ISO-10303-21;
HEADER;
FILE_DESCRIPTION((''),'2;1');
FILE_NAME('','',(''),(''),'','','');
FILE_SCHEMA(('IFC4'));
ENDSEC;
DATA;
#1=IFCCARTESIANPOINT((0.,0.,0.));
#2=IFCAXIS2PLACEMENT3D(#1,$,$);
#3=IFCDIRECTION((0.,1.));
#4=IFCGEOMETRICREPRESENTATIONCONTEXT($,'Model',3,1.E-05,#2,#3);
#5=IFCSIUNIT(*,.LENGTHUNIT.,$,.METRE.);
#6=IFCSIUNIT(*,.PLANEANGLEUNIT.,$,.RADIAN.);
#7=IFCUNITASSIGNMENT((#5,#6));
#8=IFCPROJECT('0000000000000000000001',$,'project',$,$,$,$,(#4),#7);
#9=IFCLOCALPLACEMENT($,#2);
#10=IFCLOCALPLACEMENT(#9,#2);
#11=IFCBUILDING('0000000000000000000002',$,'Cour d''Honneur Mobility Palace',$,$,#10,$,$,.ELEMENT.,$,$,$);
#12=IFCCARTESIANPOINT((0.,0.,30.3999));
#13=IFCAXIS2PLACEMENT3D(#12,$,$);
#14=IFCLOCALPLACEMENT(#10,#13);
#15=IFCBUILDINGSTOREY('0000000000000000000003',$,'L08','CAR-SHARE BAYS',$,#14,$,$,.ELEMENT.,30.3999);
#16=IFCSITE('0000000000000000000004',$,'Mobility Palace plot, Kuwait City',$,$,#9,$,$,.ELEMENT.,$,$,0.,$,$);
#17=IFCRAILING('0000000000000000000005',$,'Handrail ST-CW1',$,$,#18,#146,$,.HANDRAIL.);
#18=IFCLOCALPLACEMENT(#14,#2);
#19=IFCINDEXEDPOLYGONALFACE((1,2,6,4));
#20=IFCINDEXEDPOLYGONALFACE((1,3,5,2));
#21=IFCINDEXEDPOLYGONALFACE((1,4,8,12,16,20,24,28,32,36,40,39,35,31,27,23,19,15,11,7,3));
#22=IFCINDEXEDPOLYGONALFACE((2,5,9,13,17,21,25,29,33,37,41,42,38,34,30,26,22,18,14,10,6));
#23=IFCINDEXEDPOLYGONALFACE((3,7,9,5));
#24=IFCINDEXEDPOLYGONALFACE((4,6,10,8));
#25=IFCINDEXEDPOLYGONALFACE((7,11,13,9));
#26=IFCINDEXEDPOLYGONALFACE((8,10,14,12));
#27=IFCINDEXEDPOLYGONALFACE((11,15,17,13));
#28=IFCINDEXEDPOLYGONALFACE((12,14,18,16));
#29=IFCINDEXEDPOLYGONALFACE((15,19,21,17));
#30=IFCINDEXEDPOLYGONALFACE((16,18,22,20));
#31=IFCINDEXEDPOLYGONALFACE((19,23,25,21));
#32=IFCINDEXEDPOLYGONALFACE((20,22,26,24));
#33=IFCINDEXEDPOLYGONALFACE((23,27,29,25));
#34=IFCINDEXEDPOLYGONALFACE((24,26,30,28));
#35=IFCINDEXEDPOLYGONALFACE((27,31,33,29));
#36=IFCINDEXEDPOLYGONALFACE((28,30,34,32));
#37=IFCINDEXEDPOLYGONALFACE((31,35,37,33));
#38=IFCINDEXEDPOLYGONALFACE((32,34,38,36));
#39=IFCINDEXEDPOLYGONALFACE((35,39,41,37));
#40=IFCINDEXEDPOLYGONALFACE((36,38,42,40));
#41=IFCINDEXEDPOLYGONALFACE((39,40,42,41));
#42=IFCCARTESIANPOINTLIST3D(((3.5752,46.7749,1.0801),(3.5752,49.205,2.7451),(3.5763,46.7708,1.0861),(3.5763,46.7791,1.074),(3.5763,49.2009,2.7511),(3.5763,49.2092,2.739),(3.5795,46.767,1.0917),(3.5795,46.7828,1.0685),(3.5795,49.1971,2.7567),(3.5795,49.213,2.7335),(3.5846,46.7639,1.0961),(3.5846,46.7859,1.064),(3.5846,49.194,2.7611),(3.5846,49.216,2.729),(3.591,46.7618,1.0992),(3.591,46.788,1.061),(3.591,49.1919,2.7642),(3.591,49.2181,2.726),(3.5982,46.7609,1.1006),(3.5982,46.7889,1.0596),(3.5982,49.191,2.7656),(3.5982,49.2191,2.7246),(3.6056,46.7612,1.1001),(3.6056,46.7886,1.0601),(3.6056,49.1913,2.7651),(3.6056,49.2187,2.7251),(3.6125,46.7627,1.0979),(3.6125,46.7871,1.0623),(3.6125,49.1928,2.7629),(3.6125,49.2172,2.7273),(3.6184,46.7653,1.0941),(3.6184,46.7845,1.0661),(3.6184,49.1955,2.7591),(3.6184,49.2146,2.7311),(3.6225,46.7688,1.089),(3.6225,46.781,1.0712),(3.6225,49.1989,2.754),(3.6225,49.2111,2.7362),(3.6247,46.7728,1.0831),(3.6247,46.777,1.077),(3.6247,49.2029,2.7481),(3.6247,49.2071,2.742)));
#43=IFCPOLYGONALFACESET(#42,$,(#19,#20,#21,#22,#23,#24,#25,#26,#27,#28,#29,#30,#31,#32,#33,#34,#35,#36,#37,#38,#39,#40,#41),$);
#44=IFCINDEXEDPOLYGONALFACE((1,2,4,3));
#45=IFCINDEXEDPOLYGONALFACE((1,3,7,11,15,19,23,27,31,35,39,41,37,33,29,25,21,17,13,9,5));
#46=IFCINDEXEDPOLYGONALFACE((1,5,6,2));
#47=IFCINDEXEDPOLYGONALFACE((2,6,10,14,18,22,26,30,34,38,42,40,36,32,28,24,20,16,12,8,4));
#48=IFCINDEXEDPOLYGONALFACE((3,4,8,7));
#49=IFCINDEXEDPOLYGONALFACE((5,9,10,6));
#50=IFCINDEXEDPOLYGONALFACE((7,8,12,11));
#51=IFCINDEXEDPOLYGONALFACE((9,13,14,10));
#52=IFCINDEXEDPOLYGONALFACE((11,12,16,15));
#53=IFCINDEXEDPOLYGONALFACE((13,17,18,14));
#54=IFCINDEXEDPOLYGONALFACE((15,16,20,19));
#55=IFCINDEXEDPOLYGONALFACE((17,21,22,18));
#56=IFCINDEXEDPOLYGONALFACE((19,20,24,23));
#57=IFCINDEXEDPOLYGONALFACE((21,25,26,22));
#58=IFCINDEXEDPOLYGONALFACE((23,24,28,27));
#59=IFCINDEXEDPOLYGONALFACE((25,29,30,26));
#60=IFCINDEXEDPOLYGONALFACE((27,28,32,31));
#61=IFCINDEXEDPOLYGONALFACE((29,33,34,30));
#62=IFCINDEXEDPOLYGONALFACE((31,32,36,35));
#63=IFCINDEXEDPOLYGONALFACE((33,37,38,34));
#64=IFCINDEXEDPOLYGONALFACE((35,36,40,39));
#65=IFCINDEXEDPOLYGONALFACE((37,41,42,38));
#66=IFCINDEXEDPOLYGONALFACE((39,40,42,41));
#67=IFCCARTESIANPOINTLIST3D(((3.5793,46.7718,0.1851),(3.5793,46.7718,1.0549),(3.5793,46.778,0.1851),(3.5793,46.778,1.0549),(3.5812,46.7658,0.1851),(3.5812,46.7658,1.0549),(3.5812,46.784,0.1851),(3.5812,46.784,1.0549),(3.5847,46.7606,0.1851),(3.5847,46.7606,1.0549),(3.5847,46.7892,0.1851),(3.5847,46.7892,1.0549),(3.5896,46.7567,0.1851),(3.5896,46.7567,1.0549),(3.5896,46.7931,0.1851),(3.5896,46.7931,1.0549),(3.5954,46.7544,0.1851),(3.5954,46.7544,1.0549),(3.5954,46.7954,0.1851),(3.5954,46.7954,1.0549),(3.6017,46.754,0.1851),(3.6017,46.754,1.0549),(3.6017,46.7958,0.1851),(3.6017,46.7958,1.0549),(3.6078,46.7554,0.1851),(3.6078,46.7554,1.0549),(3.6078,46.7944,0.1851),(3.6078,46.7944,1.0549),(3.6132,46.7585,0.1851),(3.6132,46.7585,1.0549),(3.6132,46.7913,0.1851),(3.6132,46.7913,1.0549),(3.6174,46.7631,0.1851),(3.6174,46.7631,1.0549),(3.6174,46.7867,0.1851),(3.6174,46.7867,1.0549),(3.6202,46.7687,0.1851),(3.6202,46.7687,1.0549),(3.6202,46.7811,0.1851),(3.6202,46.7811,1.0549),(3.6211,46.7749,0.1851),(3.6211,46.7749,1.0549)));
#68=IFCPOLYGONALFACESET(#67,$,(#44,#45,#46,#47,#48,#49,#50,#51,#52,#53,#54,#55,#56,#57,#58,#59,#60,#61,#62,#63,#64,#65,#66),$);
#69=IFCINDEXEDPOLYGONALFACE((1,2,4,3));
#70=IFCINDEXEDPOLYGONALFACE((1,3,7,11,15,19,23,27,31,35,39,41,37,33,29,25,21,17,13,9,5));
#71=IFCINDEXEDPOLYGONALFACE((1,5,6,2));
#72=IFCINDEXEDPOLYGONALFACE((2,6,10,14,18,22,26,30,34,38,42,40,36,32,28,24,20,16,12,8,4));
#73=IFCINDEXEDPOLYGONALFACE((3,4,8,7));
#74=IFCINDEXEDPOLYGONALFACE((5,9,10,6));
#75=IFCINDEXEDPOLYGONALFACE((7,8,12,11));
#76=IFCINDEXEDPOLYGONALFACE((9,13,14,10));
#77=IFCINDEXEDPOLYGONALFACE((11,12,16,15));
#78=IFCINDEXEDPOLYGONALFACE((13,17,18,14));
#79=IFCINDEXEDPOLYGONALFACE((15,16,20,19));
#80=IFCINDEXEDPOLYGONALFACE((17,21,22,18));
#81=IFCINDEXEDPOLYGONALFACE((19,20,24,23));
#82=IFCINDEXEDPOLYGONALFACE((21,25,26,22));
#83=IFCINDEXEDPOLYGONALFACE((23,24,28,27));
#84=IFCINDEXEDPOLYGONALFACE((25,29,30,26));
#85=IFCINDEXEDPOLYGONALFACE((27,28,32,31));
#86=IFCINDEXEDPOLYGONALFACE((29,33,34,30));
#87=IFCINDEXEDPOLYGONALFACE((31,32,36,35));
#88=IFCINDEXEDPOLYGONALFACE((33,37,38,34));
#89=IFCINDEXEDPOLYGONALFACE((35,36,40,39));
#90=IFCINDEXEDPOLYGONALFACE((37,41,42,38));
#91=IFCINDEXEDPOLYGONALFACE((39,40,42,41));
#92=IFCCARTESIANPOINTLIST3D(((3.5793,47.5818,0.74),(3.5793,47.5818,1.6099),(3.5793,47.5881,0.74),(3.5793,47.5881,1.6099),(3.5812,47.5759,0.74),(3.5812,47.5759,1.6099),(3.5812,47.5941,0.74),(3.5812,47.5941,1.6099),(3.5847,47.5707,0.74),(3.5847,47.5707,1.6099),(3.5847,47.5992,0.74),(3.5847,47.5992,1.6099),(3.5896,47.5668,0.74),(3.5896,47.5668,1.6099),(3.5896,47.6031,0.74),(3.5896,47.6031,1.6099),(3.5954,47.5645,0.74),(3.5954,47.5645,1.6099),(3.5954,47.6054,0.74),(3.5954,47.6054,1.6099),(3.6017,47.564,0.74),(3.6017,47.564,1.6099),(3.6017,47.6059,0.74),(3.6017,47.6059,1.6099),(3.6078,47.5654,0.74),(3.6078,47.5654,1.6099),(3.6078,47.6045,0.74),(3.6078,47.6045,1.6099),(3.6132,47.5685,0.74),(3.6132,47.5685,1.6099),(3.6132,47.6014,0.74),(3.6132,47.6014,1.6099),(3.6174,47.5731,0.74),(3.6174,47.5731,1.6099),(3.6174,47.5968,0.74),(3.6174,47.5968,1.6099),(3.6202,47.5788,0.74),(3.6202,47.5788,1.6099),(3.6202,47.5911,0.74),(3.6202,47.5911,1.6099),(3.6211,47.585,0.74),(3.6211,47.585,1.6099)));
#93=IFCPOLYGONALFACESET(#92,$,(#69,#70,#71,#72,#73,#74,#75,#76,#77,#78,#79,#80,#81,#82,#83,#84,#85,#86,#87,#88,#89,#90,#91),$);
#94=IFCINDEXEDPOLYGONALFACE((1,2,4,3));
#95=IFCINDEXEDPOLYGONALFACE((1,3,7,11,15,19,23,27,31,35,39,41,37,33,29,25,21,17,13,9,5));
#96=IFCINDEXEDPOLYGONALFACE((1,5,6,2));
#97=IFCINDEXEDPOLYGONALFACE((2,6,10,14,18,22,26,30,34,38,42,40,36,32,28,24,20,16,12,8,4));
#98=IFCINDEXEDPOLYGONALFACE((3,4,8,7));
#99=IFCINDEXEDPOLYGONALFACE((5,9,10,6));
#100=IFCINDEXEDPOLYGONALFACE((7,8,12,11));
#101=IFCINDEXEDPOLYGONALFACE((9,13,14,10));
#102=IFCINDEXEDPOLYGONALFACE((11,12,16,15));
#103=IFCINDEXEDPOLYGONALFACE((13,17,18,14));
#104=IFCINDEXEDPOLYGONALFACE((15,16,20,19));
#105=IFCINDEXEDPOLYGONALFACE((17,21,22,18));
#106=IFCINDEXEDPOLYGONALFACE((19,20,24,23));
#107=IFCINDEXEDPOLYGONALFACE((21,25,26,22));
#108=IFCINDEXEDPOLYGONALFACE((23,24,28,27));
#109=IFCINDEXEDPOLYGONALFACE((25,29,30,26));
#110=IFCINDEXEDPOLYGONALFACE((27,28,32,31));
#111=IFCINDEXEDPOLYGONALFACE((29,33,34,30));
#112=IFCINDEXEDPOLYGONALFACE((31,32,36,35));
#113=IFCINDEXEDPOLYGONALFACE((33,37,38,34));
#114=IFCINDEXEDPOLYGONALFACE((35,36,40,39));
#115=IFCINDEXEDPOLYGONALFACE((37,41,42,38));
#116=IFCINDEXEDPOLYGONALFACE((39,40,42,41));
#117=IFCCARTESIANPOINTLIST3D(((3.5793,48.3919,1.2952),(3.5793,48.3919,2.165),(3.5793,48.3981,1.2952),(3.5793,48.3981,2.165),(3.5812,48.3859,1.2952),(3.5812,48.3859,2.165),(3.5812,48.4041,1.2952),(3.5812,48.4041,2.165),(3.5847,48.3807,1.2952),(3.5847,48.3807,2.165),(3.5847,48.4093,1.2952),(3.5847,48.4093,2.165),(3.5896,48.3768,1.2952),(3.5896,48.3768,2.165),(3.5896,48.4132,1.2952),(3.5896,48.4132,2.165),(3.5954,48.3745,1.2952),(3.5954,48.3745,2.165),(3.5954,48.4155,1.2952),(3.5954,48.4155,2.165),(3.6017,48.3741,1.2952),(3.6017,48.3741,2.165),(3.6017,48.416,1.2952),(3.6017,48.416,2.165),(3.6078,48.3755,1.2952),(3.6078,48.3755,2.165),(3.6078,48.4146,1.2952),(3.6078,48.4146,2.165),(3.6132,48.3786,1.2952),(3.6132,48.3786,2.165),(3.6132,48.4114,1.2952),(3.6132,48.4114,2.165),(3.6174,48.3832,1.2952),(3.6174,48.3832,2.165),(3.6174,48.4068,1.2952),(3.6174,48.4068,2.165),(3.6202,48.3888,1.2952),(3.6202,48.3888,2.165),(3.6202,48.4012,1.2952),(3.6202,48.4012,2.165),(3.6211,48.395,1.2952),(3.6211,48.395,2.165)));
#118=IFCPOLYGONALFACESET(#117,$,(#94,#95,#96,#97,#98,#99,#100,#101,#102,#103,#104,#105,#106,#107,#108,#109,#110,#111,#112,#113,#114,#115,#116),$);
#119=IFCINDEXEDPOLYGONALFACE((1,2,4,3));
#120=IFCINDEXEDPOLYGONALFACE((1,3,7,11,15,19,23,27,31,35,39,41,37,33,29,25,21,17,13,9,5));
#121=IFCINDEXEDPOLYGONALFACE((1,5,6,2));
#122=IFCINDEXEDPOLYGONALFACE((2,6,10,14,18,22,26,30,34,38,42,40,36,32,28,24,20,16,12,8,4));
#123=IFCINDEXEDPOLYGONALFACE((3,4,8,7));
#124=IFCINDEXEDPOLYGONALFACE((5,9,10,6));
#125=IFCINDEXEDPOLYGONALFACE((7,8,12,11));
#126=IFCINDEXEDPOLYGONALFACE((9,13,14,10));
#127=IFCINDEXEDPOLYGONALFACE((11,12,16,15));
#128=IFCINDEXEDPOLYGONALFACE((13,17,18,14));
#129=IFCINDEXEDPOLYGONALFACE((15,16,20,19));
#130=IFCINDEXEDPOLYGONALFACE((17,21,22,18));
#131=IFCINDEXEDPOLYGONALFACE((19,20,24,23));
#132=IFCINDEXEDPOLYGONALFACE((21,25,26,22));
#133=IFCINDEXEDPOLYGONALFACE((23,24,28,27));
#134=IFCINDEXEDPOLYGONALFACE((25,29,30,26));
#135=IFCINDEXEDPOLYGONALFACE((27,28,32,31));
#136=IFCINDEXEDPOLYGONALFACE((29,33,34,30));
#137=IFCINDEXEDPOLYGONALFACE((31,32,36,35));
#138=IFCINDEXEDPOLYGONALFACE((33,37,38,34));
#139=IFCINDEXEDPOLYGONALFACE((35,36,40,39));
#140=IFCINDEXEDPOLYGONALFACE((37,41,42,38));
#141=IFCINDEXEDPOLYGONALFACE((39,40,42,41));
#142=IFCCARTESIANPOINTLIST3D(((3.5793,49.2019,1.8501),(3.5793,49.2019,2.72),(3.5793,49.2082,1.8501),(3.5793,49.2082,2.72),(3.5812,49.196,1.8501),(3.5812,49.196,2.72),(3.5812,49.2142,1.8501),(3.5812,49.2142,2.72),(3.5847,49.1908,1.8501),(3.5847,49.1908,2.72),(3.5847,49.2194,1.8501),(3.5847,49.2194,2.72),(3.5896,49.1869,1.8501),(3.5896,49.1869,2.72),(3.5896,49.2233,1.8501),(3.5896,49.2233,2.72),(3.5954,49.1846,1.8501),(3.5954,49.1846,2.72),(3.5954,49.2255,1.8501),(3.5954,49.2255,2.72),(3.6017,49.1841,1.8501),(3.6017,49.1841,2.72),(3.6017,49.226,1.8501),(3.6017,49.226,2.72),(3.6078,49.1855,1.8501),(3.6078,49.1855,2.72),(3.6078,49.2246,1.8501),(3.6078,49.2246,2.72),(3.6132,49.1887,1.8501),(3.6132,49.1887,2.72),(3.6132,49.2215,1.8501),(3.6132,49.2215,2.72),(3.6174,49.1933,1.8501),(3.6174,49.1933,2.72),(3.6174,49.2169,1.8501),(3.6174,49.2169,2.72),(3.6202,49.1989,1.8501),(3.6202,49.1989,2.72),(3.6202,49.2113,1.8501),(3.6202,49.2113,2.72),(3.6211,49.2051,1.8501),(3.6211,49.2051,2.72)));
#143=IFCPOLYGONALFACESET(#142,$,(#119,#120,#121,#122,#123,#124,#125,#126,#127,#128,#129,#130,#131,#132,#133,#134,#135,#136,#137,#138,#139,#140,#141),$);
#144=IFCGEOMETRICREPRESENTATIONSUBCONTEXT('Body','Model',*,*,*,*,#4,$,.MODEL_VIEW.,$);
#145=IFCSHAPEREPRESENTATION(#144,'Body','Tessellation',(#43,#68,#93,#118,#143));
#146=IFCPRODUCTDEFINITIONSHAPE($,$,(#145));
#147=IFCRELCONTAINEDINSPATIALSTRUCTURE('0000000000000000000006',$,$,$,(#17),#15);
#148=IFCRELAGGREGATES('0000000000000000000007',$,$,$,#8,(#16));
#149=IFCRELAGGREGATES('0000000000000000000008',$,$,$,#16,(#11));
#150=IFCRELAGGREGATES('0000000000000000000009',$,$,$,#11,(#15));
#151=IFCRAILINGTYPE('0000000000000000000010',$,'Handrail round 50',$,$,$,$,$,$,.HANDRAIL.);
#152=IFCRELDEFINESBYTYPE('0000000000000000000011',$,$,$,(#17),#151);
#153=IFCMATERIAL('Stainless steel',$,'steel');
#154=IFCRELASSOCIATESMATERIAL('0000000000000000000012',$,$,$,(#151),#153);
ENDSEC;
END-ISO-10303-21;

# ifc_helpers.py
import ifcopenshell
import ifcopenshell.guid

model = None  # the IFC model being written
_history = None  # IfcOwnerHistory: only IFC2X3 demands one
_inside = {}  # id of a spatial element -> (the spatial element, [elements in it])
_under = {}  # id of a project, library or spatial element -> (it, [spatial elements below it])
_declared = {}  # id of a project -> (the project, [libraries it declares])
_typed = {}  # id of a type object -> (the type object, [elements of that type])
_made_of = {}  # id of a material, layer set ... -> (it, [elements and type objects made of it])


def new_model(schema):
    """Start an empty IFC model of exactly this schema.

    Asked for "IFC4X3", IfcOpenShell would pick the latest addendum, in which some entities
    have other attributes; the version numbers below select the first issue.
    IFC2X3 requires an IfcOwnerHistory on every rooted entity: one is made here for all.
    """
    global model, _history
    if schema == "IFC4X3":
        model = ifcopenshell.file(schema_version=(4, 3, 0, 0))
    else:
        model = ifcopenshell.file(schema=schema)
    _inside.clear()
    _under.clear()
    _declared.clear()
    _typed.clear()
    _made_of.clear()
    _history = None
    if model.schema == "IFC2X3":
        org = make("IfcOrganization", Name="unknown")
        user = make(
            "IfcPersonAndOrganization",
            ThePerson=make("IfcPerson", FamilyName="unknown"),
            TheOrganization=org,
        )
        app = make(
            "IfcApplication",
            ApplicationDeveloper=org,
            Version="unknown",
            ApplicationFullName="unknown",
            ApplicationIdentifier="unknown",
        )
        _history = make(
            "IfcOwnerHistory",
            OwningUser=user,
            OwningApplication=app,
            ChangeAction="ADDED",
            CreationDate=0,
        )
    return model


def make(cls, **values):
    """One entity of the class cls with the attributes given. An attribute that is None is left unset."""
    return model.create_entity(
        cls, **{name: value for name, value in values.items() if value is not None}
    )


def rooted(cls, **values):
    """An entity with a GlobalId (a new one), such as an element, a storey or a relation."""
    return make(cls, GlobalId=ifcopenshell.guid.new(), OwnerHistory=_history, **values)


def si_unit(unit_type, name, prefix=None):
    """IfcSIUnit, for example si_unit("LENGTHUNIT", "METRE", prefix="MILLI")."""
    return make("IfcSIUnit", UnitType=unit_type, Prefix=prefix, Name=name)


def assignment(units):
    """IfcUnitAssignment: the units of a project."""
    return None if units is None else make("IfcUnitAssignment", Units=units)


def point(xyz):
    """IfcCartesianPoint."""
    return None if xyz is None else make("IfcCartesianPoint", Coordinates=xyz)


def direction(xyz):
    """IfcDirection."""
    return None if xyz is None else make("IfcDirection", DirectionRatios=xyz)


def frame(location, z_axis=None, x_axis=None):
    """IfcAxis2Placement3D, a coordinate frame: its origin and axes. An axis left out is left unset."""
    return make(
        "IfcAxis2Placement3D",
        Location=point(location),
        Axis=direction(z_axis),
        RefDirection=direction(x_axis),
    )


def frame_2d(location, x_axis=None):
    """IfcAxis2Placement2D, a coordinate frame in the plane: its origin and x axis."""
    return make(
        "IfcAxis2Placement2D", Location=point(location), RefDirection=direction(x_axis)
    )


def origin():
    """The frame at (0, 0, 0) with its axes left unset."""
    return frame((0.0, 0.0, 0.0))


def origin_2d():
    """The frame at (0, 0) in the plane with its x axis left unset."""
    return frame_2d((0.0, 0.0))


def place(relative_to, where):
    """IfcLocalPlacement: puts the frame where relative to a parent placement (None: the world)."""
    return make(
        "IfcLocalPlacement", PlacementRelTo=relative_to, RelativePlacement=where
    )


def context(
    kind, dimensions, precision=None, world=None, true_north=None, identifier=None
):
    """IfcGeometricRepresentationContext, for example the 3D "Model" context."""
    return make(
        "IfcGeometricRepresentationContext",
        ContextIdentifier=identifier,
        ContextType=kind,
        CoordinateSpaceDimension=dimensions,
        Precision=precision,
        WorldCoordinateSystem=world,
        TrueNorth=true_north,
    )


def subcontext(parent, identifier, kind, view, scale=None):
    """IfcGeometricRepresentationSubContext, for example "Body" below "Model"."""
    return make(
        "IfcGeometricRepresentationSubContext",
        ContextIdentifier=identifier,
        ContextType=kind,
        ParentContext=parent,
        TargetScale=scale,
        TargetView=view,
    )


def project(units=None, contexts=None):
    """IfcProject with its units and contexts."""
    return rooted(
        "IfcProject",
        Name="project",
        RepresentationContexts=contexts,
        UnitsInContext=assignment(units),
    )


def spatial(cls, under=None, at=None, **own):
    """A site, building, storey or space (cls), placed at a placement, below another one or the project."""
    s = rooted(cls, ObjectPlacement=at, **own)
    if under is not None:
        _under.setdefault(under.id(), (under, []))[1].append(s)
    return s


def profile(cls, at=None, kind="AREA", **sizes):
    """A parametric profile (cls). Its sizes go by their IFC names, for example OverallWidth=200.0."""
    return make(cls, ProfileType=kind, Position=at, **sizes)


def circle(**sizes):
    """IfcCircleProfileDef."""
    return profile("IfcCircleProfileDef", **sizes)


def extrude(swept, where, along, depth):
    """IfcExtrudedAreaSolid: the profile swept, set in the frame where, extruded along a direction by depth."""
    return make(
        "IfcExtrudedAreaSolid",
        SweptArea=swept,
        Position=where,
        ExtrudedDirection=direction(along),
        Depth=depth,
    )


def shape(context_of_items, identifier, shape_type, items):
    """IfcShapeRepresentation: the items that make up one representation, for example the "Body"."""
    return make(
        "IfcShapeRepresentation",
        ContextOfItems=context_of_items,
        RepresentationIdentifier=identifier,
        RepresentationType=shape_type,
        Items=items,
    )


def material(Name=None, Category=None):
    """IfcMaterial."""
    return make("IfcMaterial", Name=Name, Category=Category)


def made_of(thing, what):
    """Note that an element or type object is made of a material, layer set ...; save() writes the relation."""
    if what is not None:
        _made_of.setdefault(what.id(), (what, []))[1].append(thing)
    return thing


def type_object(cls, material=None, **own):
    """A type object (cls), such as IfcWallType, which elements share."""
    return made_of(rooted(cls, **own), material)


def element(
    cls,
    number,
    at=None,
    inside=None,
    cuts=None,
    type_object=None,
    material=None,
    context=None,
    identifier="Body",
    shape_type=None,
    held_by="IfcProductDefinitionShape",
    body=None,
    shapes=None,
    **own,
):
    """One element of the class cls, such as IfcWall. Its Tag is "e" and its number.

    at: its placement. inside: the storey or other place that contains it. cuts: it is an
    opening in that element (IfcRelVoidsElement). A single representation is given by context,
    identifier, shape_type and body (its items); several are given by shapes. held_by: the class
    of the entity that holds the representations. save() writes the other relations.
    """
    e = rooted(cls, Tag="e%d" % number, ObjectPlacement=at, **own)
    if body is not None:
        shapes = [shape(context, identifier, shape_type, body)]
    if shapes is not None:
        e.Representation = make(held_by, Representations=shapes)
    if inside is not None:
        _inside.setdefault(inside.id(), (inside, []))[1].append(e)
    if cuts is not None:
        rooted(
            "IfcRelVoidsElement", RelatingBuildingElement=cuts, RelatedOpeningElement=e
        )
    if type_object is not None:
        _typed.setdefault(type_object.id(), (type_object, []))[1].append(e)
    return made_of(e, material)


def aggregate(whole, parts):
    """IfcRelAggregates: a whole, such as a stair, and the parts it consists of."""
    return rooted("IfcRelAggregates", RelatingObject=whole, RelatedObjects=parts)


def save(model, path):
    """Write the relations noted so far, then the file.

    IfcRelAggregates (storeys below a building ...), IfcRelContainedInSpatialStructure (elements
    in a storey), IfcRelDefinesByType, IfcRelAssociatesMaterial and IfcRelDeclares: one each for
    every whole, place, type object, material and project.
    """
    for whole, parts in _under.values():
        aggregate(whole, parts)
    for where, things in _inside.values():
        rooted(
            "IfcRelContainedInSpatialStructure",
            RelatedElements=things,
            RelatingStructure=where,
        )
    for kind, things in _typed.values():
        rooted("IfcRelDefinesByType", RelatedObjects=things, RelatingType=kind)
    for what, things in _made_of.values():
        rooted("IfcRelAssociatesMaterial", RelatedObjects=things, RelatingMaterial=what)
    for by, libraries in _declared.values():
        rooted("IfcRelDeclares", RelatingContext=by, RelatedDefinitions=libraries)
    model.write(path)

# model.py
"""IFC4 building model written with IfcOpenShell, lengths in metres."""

from ifc_helpers import new_model, si_unit, direction, frame, origin, origin_2d, place, context, subcontext, project, spatial, circle, extrude, material, type_object, element, save


model = new_model("IFC4")

# Units and contexts
model_context = context("Model", 3, precision=1e-05, world=origin(), true_north=direction((0.0, 1.0)))
body_context = subcontext(model_context, "Body", "Model", "MODEL_VIEW")
ifc_project = project(units=[si_unit("LENGTHUNIT", "METRE"), si_unit("PLANEANGLEUNIT", "RADIAN")], contexts=[model_context])

# Site, building, storey
site_placement = place(None, origin())
site = spatial("IfcSite", under=ifc_project, at=site_placement, Name="Mobility Palace plot, Kuwait City", CompositionType="ELEMENT", RefElevation=0.0)
building_placement = place(site_placement, origin())
building = spatial("IfcBuilding", under=site, at=building_placement, Name="Cour d'Honneur Mobility Palace", CompositionType="ELEMENT")
storey_placement = place(building_placement, frame((0.0, 0.0, 30.3999)))
storey = spatial("IfcBuildingStorey", under=building, at=storey_placement, Name="L08", Description="CAR-SHARE BAYS", CompositionType="ELEMENT", Elevation=30.3999)

# Railing
ifc_material_1 = material(Name="Stainless steel", Category="steel")
railing_type_1 = type_object("IfcRailingType", Name="Handrail round 50", PredefinedType="HANDRAIL", material=ifc_material_1)
railing_1_placement = place(storey_placement, frame((3.6001, 46.7749, 0.1851)))
element("IfcRailing", 1, at=railing_1_placement, inside=storey, type_object=railing_type_1, Name="Handrail ST-CW1", PredefinedType="HANDRAIL", context=body_context, shape_type="SweptSolid", body=[
    extrude(circle(Radius=0.0249, at=origin_2d()), frame((0.0, 0.0, 0.895), z_axis=(0.0, 0.824945, 0.565213), x_axis=(-1.0, 0.0, 0.0)), (0.0, 0.0, 1.0), 2.9458),
    extrude(circle(Radius=0.021, at=origin_2d()), origin(), (0.0, 0.0, 1.0), 0.8699),
    extrude(circle(Radius=0.021, at=origin_2d()), frame((0.0, 0.8101, 0.5549)), (0.0, 0.0, 1.0), 0.8699),
    extrude(circle(Radius=0.021, at=origin_2d()), frame((0.0, 1.6201, 1.1101)), (0.0, 0.0, 1.0), 0.8699),
    extrude(circle(Radius=0.021, at=origin_2d()), frame((0.0, 2.4302, 1.665)), (0.0, 0.0, 1.0), 0.8699),
])

save(model, "model.ifc")
